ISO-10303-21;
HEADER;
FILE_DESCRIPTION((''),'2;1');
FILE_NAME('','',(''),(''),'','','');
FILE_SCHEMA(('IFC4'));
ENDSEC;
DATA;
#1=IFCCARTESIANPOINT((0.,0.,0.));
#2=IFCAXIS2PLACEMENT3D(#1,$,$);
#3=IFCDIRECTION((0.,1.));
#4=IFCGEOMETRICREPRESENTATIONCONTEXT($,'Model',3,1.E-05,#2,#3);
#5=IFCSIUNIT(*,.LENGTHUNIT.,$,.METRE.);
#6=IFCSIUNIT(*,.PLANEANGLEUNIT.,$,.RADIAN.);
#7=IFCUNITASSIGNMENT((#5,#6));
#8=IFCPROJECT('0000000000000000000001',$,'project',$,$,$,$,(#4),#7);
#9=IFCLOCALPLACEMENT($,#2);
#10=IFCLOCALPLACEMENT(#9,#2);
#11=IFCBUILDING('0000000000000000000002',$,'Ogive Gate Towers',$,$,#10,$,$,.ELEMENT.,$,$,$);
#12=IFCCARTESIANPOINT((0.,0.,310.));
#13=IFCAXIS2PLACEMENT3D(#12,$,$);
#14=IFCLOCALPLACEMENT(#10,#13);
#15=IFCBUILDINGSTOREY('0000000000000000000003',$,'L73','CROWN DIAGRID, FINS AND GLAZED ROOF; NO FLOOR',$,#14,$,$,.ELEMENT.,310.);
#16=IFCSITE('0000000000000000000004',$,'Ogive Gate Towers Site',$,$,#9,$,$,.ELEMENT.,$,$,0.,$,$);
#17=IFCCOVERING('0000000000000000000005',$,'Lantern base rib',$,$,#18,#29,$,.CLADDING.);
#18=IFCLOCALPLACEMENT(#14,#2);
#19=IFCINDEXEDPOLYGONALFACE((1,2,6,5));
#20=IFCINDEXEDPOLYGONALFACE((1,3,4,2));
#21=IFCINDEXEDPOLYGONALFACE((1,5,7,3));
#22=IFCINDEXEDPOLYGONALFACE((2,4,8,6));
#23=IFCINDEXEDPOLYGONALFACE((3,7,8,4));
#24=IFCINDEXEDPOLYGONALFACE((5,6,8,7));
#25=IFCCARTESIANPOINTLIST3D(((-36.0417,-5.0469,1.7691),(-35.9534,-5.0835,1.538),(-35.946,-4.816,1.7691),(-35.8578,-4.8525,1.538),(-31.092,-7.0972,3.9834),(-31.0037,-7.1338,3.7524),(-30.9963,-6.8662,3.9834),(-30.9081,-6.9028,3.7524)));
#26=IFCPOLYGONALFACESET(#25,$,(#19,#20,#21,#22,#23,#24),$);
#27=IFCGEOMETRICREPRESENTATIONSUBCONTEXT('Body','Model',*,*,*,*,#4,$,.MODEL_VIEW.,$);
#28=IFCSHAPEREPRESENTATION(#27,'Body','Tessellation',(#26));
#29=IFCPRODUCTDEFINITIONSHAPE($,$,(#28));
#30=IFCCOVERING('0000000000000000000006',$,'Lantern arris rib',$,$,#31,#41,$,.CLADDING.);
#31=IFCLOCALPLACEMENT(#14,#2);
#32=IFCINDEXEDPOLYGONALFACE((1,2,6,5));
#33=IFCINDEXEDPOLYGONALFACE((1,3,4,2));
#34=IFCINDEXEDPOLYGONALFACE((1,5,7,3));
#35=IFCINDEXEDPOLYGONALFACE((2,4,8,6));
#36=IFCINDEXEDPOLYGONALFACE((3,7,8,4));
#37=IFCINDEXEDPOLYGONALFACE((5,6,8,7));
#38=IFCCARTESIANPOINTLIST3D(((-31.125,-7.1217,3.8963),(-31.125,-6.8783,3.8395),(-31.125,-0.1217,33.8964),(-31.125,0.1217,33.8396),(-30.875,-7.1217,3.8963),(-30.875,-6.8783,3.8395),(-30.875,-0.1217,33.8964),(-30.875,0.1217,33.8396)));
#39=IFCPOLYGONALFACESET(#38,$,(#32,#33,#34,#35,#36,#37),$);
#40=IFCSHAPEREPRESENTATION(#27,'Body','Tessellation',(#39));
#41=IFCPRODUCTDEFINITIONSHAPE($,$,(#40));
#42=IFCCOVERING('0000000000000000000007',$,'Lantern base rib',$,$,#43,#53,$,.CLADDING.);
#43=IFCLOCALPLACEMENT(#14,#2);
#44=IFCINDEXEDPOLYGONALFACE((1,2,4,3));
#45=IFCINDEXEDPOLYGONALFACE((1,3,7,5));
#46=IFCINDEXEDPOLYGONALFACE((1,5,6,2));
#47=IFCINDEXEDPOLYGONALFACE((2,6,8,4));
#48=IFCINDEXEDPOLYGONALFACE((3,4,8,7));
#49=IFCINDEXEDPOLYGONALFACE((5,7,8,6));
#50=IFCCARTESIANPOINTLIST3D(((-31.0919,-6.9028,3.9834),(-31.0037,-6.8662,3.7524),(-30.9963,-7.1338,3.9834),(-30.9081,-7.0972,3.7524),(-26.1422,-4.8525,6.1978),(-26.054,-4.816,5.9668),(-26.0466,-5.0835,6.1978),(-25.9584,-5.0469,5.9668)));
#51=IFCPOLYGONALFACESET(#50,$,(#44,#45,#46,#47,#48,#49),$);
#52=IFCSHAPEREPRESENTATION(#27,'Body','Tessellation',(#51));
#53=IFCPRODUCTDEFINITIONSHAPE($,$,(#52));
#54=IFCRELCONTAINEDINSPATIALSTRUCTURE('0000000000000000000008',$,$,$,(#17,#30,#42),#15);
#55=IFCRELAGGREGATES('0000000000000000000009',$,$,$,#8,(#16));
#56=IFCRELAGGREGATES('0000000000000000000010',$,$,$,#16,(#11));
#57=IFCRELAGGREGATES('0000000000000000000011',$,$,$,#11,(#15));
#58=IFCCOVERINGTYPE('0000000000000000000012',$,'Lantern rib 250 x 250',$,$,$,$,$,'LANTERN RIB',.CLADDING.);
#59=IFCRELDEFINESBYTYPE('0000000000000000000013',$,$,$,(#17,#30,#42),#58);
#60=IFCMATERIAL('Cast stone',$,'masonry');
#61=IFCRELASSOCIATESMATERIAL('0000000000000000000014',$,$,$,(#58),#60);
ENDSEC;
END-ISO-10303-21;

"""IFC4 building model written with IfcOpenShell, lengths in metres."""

from ifc_helpers import new_model, si_unit, direction, frame, origin, origin_2d, place, context, subcontext, project, spatial, rectangle, extrude, material, material_profile, profile_set, type_object, element, save


model = new_model("IFC4")

# Units and contexts
model_context = context("Model", 3, precision=1e-05, world=origin(), true_north=direction((0.0, 1.0)))
body_context = subcontext(model_context, "Body", "Model", "MODEL_VIEW")
ifc_project = project(units=[si_unit("LENGTHUNIT", "METRE"), si_unit("PLANEANGLEUNIT", "RADIAN")], contexts=[model_context])

# Site, building, storey
site_placement = place(None, origin())
site = spatial("IfcSite", under=ifc_project, at=site_placement, Name="Ogive Gate Towers Site", CompositionType="ELEMENT", RefElevation=0.0)
building_placement = place(site_placement, origin())
building = spatial("IfcBuilding", under=site, at=building_placement, Name="Ogive Gate Towers", CompositionType="ELEMENT")
storey_placement = place(building_placement, frame((0.0, 0.0, 310.0)))
storey = spatial("IfcBuildingStorey", under=building, at=storey_placement, Name="L73", Description="CROWN DIAGRID, FINS AND GLAZED ROOF; NO FLOOR", CompositionType="ELEMENT", Elevation=310.0)

# Coverings
ifc_material_1 = material(Name="Cast stone", Category="masonry")
ifc_material_profile_1 = material_profile(ifc_material_1, rectangle(XDim=0.25, YDim=0.25, at=origin_2d()), Name="250 x 250 cast stone")
ifc_profile_set_1 = profile_set([ifc_material_profile_1], Name="Cast stone")
covering_type = type_object("IfcCoveringType", Name="Lantern rib 250 x 250", ElementType="LANTERN RIB", PredefinedType="CLADDING", material=ifc_profile_set_1)
for number, where, z_axis, x_axis, name in (
    (1, (-35.9497, -4.9497, 1.6536), (0.853821, -0.353674, 0.381975), (0.382693, 0.923876, 0.0), "Lantern base rib"),
):
    element("IfcCovering", number, at=place(storey_placement, frame(where, z_axis=z_axis, x_axis=x_axis)), inside=storey, type_object=covering_type, Name=name, PredefinedType="CLADDING", context=body_context, shape_type="SweptSolid", body=[
        extrude(rectangle(XDim=0.25, YDim=0.25, at=origin_2d()), origin(), (0.0, 0.0, 1.0), 5.7971),
    ])
covering_1_placement = place(storey_placement, frame((-31.0, -7.0, 3.8679), z_axis=(0.0, 0.22723, 0.973841), x_axis=(-1.0, 0.0, 0.0)))
element("IfcCovering", 2, at=covering_1_placement, inside=storey, type_object=covering_type, Name="Lantern arris rib", PredefinedType="CLADDING", context=body_context, shape_type="SweptSolid", body=[
    extrude(rectangle(XDim=0.25, YDim=0.25, at=origin_2d()), origin(), (0.0, 0.0, 1.0), 30.8059),
])
covering_2_placement = place(storey_placement, frame((-31.0, -7.0, 3.8679), z_axis=(0.853821, 0.353674, 0.381975), x_axis=(-0.382693, 0.923876, 0.0)))
element("IfcCovering", 3, at=covering_2_placement, inside=storey, type_object=covering_type, Name="Lantern base rib", PredefinedType="CLADDING", context=body_context, shape_type="SweptSolid", body=[
    extrude(rectangle(XDim=0.25, YDim=0.25, at=origin_2d()), origin(), (0.0, 0.0, 1.0), 5.7971),
])

save(model, "model.ifc")
